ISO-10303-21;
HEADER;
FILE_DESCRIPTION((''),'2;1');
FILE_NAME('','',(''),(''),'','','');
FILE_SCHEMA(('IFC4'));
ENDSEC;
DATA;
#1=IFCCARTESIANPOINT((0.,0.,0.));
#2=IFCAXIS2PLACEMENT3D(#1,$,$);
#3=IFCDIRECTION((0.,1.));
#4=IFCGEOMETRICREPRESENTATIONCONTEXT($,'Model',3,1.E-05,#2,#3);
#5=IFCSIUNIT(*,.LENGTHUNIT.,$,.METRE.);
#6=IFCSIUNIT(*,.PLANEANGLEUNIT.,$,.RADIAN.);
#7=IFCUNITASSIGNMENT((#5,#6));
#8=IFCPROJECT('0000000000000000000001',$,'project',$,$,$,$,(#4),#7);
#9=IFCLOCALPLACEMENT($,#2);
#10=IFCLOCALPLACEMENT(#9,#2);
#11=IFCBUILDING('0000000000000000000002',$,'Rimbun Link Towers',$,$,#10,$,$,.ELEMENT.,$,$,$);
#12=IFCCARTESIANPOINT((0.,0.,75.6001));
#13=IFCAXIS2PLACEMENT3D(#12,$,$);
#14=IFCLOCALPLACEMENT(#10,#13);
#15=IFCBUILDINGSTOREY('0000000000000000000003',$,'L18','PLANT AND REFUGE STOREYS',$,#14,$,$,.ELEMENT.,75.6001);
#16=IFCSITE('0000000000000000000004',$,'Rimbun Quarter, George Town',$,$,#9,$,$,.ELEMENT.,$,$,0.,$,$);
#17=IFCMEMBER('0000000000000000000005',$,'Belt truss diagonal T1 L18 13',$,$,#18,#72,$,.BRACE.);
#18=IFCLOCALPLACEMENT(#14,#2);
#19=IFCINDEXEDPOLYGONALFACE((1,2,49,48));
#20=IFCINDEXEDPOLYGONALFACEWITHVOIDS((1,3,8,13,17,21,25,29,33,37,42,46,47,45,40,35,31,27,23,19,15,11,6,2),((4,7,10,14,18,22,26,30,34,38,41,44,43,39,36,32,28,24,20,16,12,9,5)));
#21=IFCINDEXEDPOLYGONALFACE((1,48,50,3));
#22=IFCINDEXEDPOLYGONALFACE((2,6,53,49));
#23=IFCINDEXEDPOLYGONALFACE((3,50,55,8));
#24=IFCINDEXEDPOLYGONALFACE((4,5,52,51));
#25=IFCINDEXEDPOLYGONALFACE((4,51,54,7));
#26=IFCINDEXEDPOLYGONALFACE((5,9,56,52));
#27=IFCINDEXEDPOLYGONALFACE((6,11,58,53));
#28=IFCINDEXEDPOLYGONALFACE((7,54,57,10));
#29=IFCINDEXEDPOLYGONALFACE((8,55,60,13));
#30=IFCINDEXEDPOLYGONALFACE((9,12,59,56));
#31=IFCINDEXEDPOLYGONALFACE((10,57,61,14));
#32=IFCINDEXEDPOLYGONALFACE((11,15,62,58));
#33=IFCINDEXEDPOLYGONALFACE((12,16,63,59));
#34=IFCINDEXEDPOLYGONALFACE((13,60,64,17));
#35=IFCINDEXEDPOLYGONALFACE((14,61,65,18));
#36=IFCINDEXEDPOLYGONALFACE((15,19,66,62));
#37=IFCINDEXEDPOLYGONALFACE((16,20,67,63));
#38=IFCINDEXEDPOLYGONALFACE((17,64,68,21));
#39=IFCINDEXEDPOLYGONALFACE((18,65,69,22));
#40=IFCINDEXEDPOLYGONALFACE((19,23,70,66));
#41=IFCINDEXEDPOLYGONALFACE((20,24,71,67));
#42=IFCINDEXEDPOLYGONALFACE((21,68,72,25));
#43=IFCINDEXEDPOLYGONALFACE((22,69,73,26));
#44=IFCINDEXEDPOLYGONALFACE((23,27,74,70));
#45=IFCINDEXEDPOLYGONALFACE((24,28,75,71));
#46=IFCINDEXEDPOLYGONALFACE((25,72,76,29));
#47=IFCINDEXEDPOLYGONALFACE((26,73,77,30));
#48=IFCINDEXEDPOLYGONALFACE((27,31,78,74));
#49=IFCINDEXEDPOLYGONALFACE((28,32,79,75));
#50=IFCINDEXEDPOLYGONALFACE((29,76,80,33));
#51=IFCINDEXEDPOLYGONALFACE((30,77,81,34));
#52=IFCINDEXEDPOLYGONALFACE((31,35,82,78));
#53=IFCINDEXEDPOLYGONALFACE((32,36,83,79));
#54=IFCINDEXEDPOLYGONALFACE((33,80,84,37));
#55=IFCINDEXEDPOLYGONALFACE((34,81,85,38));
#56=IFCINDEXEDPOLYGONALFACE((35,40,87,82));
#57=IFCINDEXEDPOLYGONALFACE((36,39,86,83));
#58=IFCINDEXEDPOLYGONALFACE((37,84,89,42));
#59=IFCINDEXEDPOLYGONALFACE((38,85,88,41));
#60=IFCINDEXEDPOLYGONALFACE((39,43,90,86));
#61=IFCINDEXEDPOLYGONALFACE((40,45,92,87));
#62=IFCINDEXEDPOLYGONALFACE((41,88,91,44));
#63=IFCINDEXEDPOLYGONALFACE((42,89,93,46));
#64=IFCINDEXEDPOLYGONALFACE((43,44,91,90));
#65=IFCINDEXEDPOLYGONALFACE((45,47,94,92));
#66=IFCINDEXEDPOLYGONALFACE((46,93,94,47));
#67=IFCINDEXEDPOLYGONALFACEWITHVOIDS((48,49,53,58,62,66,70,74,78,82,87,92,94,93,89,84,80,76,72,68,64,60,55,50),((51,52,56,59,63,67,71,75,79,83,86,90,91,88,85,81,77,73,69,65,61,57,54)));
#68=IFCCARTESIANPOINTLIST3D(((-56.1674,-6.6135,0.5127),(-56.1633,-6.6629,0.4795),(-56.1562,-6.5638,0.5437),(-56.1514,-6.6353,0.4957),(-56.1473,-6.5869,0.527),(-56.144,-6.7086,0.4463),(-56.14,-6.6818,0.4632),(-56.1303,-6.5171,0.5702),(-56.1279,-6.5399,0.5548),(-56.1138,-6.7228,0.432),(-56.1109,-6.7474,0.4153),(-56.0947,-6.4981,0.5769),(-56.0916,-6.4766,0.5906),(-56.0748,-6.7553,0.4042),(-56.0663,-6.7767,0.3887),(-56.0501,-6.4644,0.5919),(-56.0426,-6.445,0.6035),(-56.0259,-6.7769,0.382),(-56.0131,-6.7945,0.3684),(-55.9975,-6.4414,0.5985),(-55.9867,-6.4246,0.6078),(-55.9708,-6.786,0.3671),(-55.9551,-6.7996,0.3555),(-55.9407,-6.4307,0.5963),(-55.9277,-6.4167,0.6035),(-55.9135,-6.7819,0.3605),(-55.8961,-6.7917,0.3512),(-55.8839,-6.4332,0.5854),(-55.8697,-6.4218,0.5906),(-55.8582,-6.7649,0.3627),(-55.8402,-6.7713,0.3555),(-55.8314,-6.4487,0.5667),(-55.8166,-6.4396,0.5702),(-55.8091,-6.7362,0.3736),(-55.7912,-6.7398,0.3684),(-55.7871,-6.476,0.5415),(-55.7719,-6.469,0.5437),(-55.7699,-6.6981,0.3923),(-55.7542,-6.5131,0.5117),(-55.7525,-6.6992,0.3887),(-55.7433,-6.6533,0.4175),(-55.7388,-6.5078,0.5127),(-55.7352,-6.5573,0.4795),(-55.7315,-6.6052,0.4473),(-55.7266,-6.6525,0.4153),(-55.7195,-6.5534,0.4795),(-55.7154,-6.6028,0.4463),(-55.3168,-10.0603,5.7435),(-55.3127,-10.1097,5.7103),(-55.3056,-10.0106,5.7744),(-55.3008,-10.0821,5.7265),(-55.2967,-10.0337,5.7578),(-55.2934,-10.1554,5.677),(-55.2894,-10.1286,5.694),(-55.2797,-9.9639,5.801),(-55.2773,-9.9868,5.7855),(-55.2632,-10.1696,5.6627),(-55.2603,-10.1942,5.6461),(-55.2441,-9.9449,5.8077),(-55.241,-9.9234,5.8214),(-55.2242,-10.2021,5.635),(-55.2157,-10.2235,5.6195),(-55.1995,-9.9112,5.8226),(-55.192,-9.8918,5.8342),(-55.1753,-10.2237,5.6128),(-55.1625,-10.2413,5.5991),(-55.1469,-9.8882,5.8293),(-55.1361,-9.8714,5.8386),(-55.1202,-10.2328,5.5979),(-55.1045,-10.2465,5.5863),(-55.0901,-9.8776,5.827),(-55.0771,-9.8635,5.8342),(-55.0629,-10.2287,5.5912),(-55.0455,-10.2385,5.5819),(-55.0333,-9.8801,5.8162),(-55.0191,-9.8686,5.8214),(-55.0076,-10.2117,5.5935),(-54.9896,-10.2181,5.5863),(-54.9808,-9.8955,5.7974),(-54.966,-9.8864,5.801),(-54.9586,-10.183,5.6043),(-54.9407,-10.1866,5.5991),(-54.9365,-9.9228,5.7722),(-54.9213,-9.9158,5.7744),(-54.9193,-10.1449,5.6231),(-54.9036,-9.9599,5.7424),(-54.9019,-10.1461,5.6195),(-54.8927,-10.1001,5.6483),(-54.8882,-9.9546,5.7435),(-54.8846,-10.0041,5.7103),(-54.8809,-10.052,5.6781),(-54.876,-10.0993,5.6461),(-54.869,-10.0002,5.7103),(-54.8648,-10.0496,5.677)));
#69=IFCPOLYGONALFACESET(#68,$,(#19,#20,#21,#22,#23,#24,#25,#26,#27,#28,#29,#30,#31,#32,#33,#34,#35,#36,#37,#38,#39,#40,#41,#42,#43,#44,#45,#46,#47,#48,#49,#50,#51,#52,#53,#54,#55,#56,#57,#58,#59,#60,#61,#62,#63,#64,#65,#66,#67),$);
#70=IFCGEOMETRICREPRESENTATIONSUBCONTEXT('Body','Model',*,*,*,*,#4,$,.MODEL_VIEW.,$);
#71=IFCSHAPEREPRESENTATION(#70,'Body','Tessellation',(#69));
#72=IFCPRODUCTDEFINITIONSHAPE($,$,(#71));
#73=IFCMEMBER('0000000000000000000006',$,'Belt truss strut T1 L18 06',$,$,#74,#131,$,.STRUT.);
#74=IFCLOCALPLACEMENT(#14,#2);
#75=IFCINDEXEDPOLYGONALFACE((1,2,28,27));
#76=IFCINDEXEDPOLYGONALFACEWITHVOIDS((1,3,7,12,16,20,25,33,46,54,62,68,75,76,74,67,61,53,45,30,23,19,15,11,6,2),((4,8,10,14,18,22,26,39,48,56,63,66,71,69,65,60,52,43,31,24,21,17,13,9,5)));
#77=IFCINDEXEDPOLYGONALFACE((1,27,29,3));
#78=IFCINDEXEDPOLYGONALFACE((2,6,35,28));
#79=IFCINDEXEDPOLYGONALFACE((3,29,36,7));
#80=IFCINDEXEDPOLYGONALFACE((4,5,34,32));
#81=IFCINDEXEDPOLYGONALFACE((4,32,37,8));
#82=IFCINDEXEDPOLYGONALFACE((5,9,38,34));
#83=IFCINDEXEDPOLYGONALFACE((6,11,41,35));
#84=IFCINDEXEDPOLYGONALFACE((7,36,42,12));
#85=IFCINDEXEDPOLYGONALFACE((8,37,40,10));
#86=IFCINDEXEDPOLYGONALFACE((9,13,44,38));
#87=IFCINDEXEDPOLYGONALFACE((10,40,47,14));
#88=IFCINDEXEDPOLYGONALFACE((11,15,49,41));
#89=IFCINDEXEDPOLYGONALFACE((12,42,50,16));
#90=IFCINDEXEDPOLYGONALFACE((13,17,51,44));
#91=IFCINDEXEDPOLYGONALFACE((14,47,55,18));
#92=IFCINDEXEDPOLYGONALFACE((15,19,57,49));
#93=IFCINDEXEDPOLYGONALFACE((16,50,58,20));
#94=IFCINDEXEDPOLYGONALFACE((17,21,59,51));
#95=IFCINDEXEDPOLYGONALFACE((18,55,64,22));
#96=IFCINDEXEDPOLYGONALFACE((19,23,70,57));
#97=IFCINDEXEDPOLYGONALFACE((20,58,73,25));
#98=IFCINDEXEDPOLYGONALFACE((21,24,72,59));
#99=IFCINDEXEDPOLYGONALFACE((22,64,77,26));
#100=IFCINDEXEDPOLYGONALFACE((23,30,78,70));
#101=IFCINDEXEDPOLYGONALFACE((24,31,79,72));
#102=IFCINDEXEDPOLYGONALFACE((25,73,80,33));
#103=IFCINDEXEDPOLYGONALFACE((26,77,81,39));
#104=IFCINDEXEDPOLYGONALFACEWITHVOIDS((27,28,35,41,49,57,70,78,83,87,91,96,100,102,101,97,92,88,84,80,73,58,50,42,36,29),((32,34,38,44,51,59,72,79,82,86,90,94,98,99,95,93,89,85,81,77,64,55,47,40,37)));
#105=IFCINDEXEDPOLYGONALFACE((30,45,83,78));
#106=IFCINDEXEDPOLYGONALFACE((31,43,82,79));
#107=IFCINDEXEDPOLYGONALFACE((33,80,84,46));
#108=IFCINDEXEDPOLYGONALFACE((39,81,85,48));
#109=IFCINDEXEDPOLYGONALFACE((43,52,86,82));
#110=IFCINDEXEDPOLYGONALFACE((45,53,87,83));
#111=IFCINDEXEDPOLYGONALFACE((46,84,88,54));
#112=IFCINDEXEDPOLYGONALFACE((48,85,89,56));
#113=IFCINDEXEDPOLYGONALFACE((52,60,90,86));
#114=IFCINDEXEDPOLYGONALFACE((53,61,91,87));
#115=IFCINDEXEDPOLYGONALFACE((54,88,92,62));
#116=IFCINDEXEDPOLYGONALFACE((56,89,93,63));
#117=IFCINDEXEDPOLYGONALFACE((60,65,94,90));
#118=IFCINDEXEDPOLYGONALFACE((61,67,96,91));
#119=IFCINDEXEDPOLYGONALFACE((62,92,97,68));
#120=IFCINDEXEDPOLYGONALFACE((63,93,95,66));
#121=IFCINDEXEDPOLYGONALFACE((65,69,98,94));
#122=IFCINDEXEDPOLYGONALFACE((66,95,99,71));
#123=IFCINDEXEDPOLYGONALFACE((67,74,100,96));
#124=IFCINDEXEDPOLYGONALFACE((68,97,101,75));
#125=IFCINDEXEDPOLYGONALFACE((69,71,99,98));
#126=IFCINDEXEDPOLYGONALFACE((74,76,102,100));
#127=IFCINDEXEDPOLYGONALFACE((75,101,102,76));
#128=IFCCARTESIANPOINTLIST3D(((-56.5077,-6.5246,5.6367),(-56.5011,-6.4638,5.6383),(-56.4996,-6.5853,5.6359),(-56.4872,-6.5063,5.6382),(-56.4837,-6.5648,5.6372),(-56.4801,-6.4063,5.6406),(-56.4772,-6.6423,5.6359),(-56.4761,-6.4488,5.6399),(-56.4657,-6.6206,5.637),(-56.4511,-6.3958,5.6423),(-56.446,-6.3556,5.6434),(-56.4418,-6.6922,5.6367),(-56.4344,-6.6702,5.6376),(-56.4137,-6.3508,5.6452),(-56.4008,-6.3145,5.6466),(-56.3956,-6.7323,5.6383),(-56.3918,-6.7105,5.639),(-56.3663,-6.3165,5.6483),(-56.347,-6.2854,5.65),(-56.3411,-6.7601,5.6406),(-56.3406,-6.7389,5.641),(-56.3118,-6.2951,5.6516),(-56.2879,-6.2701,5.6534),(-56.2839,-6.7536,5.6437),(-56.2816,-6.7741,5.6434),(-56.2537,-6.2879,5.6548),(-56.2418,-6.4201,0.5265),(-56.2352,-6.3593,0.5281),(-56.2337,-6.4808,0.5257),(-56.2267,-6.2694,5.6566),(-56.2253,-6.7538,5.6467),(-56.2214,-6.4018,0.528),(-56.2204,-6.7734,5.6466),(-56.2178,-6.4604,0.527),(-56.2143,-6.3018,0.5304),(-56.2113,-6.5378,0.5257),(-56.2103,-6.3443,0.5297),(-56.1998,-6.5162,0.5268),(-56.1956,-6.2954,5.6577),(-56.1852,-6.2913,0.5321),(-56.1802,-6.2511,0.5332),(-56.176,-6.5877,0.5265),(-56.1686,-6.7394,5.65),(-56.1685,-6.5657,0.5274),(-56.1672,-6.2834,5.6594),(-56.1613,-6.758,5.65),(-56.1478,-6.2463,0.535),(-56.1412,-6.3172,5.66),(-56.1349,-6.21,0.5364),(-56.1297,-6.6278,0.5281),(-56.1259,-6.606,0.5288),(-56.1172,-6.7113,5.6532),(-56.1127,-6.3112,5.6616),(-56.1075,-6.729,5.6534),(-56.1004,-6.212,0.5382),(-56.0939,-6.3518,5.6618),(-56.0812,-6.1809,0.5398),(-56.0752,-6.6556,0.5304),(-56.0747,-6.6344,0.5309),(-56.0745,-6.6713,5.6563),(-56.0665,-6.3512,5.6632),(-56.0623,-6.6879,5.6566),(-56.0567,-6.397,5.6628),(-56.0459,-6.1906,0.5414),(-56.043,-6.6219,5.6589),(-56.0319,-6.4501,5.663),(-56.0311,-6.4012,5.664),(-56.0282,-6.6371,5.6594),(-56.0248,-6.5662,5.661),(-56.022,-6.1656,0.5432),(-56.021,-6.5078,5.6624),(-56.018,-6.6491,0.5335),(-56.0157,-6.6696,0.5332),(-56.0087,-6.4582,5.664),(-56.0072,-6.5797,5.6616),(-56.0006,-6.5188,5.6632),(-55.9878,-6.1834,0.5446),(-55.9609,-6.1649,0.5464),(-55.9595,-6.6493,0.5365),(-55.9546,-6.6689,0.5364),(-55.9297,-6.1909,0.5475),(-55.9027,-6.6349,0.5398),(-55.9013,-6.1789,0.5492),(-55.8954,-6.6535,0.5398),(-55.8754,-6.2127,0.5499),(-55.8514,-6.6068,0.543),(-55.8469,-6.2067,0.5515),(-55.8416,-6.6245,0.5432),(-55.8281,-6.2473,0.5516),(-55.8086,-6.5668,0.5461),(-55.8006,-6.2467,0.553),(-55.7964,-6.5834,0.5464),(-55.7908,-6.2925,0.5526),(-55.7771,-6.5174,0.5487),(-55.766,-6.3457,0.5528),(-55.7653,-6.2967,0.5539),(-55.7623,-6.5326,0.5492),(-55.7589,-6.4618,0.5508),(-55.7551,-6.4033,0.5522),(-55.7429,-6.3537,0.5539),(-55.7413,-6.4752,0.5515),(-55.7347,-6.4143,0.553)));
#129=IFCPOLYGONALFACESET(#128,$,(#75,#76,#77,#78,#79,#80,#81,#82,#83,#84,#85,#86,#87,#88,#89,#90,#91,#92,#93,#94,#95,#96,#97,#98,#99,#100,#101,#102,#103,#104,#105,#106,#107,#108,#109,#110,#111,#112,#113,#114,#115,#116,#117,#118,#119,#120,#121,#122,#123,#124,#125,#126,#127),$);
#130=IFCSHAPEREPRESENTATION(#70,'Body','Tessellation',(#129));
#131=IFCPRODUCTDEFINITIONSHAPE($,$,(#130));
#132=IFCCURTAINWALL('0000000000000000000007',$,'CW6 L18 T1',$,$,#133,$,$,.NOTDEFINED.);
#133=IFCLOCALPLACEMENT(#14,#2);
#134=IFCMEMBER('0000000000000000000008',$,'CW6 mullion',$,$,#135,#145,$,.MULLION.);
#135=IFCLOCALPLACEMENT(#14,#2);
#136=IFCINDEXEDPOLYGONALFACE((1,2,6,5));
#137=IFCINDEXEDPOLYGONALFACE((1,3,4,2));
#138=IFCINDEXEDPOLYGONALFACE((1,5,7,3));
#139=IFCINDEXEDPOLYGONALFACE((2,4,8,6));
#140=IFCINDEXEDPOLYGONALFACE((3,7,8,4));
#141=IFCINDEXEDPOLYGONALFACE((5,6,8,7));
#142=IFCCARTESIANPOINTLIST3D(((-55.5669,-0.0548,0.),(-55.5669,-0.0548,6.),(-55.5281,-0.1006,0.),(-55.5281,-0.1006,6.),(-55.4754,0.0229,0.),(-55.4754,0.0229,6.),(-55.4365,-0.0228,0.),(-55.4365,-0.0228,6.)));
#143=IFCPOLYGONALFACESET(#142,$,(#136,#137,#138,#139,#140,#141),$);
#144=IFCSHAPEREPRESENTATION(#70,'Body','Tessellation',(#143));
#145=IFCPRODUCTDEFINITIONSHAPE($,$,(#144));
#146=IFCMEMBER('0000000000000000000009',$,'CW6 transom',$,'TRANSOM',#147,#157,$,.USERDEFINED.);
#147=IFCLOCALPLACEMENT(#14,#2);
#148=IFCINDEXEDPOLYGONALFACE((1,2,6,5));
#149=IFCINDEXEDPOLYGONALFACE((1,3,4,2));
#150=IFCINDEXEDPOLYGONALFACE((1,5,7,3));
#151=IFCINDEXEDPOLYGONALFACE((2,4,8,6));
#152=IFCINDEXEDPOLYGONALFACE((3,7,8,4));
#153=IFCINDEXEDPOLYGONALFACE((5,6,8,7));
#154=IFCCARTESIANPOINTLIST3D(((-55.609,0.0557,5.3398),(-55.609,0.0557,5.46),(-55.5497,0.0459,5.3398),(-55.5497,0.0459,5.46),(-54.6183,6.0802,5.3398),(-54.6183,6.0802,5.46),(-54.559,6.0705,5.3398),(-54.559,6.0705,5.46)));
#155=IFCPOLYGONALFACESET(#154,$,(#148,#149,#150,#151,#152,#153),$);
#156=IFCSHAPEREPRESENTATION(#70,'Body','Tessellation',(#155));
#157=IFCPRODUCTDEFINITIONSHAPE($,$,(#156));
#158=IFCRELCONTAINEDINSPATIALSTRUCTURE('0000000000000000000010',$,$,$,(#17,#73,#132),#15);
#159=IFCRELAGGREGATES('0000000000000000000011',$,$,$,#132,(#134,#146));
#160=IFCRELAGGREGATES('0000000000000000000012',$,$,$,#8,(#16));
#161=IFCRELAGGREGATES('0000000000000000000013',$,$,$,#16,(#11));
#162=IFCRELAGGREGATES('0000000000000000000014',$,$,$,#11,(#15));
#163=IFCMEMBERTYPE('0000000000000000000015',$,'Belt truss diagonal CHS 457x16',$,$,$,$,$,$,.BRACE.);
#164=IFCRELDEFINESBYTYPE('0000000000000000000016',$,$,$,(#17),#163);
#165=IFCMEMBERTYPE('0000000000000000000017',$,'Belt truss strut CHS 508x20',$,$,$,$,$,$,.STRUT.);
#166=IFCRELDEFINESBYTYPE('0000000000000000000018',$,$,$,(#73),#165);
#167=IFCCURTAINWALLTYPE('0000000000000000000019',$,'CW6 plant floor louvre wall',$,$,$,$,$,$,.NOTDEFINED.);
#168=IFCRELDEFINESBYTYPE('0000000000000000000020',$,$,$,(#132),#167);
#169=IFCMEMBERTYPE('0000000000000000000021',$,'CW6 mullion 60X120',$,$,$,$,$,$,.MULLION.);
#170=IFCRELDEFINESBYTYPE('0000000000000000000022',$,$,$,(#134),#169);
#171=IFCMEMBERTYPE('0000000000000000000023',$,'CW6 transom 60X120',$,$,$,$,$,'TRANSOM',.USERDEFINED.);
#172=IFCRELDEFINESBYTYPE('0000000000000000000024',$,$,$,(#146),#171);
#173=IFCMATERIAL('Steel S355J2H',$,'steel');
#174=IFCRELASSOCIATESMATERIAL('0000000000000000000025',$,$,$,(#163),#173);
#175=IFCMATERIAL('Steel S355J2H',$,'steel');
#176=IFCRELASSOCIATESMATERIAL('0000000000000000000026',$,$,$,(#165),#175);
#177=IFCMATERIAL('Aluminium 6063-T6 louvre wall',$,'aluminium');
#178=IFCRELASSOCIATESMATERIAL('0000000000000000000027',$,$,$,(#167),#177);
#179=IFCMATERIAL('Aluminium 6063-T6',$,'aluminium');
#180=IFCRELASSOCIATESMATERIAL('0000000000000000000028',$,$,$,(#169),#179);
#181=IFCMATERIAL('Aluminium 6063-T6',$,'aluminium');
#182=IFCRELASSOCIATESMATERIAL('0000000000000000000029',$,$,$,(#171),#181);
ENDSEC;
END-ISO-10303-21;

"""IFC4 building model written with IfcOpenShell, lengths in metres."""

from ifc_helpers import new_model, si_unit, direction, frame, origin, origin_2d, place, context, subcontext, project, spatial, rectangle, hollow_circle, extrude, material, material_profile, profile_set, type_object, element, aggregate, save


model = new_model("IFC4")

# Units and contexts
model_context = context("Model", 3, precision=1e-05, world=origin(), true_north=direction((0.0, 1.0)))
body_context = subcontext(model_context, "Body", "Model", "MODEL_VIEW")
ifc_project = project(units=[si_unit("LENGTHUNIT", "METRE"), si_unit("PLANEANGLEUNIT", "RADIAN")], contexts=[model_context])

# Site, building, storey
site_placement = place(None, origin())
site = spatial("IfcSite", under=ifc_project, at=site_placement, Name="Rimbun Quarter, George Town", CompositionType="ELEMENT", RefElevation=0.0)
building_placement = place(site_placement, origin())
building = spatial("IfcBuilding", under=site, at=building_placement, Name="Rimbun Link Towers", CompositionType="ELEMENT")
storey_placement = place(building_placement, frame((0.0, 0.0, 75.6001)))
storey = spatial("IfcBuildingStorey", under=building, at=storey_placement, Name="L18", Description="PLANT AND REFUGE STOREYS", CompositionType="ELEMENT", Elevation=75.6001)

# Members
ifc_material_1 = material(Name="Steel S355J2H", Category="steel")
ifc_material_profile_1 = material_profile(ifc_material_1, hollow_circle(Radius=0.2285, WallThickness=0.0161, at=origin_2d()), Name="Belt truss diagonal CHS 457x16")
ifc_profile_set_1 = profile_set([ifc_material_profile_1], Name="Steel S355J2H")
member_type_1 = type_object("IfcMemberType", Name="Belt truss diagonal CHS 457x16", PredefinedType="BRACE", material=ifc_profile_set_1)
member_1_placement = place(storey_placement, frame((-55.9414, -6.6082, 0.4795), z_axis=(0.13455, -0.545228, 0.827419), x_axis=(0.970874, 0.23959, 0.0)))
element("IfcMember", 1, at=member_1_placement, inside=storey, type_object=member_type_1, Name="Belt truss diagonal T1 L18 13", PredefinedType="BRACE", context=body_context, shape_type="SweptSolid", body=[
    extrude(hollow_circle(Radius=0.2285, WallThickness=0.0161, at=origin_2d()), origin(), (0.0, 0.0, 1.0), 6.3218),
])
ifc_material_2 = material(Name="Steel S355J2H", Category="steel")
ifc_material_profile_2 = material_profile(ifc_material_2, hollow_circle(Radius=0.2539, WallThickness=0.02, at=origin_2d()), Name="Belt truss strut CHS 508x20")
ifc_profile_set_2 = profile_set([ifc_material_profile_2], Name="Steel S355J2H")
member_type_2 = type_object("IfcMemberType", Name="Belt truss strut CHS 508x20", PredefinedType="STRUT", material=ifc_profile_set_2)
member_2_placement = place(storey_placement, frame((-55.9883, -6.4172, 0.5398), z_axis=(-0.051947, -0.020416, 0.998441), x_axis=(0.365785, -0.9307, 0.0)))
element("IfcMember", 2, at=member_2_placement, inside=storey, type_object=member_type_2, Name="Belt truss strut T1 L18 06", PredefinedType="STRUT", context=body_context, shape_type="SweptSolid", body=[
    extrude(hollow_circle(Radius=0.2539, WallThickness=0.02, at=origin_2d()), origin(), (0.0, 0.0, 1.0), 5.1182),
])

# Curtain wall, members
ifc_material_3 = material(Name="Aluminium 6063-T6 louvre wall", Category="aluminium")
curtain_wall_type = type_object("IfcCurtainWallType", Name="CW6 plant floor louvre wall", PredefinedType="NOTDEFINED", material=ifc_material_3)
curtain_wall_placement = place(storey_placement, origin())
curtain_wall = element("IfcCurtainWall", 3, at=curtain_wall_placement, inside=storey, type_object=curtain_wall_type, Name="CW6 L18 T1", PredefinedType="NOTDEFINED")
ifc_material_4 = material(Name="Aluminium 6063-T6", Category="aluminium")
ifc_material_profile_3 = material_profile(ifc_material_4, rectangle(XDim=0.1201, YDim=0.0601, at=origin_2d()), Name="MULLION 60X120")
ifc_profile_set_3 = profile_set([ifc_material_profile_3], Name="Aluminium 6063-T6")
member_type_3 = type_object("IfcMemberType", Name="CW6 mullion 60X120", PredefinedType="MULLION", material=ifc_profile_set_3)
member_3_placement = place(storey_placement, frame((-55.5017, -0.0388, 0.0), z_axis=(0.0, 0.0, 1.0), x_axis=(-0.762317, -0.647204, 0.0)))
member_3 = element("IfcMember", 4, at=member_3_placement, type_object=member_type_3, Name="CW6 mullion", PredefinedType="MULLION", context=body_context, shape_type="SweptSolid", body=[
    extrude(rectangle(XDim=0.1201, YDim=0.0601, at=origin_2d()), origin(), (0.0, 0.0, 1.0), 6.0),
])
ifc_material_5 = material(Name="Aluminium 6063-T6", Category="aluminium")
ifc_material_profile_4 = material_profile(ifc_material_5, rectangle(XDim=0.0601, YDim=0.1201, at=origin_2d()), Name="TRANSOM 60X120")
ifc_profile_set_4 = profile_set([ifc_material_profile_4], Name="Aluminium 6063-T6")
member_type_4 = type_object("IfcMemberType", Name="CW6 transom 60X120", ElementType="TRANSOM", PredefinedType="USERDEFINED", material=ifc_profile_set_4)
member_4_placement = place(storey_placement, frame((-55.5793, 0.0508, 5.3999), z_axis=(0.162265, 0.986747, 0.0), x_axis=(-0.986747, 0.162265, 0.0)))
member_4 = element("IfcMember", 5, at=member_4_placement, type_object=member_type_4, Name="CW6 transom", ObjectType="TRANSOM", PredefinedType="USERDEFINED", context=body_context, shape_type="SweptSolid", body=[
    extrude(rectangle(XDim=0.0601, YDim=0.1201, at=origin_2d()), origin(), (0.0, 0.0, 1.0), 6.1055),
])
aggregate(curtain_wall, [member_3, member_4])

save(model, "model.ifc")
